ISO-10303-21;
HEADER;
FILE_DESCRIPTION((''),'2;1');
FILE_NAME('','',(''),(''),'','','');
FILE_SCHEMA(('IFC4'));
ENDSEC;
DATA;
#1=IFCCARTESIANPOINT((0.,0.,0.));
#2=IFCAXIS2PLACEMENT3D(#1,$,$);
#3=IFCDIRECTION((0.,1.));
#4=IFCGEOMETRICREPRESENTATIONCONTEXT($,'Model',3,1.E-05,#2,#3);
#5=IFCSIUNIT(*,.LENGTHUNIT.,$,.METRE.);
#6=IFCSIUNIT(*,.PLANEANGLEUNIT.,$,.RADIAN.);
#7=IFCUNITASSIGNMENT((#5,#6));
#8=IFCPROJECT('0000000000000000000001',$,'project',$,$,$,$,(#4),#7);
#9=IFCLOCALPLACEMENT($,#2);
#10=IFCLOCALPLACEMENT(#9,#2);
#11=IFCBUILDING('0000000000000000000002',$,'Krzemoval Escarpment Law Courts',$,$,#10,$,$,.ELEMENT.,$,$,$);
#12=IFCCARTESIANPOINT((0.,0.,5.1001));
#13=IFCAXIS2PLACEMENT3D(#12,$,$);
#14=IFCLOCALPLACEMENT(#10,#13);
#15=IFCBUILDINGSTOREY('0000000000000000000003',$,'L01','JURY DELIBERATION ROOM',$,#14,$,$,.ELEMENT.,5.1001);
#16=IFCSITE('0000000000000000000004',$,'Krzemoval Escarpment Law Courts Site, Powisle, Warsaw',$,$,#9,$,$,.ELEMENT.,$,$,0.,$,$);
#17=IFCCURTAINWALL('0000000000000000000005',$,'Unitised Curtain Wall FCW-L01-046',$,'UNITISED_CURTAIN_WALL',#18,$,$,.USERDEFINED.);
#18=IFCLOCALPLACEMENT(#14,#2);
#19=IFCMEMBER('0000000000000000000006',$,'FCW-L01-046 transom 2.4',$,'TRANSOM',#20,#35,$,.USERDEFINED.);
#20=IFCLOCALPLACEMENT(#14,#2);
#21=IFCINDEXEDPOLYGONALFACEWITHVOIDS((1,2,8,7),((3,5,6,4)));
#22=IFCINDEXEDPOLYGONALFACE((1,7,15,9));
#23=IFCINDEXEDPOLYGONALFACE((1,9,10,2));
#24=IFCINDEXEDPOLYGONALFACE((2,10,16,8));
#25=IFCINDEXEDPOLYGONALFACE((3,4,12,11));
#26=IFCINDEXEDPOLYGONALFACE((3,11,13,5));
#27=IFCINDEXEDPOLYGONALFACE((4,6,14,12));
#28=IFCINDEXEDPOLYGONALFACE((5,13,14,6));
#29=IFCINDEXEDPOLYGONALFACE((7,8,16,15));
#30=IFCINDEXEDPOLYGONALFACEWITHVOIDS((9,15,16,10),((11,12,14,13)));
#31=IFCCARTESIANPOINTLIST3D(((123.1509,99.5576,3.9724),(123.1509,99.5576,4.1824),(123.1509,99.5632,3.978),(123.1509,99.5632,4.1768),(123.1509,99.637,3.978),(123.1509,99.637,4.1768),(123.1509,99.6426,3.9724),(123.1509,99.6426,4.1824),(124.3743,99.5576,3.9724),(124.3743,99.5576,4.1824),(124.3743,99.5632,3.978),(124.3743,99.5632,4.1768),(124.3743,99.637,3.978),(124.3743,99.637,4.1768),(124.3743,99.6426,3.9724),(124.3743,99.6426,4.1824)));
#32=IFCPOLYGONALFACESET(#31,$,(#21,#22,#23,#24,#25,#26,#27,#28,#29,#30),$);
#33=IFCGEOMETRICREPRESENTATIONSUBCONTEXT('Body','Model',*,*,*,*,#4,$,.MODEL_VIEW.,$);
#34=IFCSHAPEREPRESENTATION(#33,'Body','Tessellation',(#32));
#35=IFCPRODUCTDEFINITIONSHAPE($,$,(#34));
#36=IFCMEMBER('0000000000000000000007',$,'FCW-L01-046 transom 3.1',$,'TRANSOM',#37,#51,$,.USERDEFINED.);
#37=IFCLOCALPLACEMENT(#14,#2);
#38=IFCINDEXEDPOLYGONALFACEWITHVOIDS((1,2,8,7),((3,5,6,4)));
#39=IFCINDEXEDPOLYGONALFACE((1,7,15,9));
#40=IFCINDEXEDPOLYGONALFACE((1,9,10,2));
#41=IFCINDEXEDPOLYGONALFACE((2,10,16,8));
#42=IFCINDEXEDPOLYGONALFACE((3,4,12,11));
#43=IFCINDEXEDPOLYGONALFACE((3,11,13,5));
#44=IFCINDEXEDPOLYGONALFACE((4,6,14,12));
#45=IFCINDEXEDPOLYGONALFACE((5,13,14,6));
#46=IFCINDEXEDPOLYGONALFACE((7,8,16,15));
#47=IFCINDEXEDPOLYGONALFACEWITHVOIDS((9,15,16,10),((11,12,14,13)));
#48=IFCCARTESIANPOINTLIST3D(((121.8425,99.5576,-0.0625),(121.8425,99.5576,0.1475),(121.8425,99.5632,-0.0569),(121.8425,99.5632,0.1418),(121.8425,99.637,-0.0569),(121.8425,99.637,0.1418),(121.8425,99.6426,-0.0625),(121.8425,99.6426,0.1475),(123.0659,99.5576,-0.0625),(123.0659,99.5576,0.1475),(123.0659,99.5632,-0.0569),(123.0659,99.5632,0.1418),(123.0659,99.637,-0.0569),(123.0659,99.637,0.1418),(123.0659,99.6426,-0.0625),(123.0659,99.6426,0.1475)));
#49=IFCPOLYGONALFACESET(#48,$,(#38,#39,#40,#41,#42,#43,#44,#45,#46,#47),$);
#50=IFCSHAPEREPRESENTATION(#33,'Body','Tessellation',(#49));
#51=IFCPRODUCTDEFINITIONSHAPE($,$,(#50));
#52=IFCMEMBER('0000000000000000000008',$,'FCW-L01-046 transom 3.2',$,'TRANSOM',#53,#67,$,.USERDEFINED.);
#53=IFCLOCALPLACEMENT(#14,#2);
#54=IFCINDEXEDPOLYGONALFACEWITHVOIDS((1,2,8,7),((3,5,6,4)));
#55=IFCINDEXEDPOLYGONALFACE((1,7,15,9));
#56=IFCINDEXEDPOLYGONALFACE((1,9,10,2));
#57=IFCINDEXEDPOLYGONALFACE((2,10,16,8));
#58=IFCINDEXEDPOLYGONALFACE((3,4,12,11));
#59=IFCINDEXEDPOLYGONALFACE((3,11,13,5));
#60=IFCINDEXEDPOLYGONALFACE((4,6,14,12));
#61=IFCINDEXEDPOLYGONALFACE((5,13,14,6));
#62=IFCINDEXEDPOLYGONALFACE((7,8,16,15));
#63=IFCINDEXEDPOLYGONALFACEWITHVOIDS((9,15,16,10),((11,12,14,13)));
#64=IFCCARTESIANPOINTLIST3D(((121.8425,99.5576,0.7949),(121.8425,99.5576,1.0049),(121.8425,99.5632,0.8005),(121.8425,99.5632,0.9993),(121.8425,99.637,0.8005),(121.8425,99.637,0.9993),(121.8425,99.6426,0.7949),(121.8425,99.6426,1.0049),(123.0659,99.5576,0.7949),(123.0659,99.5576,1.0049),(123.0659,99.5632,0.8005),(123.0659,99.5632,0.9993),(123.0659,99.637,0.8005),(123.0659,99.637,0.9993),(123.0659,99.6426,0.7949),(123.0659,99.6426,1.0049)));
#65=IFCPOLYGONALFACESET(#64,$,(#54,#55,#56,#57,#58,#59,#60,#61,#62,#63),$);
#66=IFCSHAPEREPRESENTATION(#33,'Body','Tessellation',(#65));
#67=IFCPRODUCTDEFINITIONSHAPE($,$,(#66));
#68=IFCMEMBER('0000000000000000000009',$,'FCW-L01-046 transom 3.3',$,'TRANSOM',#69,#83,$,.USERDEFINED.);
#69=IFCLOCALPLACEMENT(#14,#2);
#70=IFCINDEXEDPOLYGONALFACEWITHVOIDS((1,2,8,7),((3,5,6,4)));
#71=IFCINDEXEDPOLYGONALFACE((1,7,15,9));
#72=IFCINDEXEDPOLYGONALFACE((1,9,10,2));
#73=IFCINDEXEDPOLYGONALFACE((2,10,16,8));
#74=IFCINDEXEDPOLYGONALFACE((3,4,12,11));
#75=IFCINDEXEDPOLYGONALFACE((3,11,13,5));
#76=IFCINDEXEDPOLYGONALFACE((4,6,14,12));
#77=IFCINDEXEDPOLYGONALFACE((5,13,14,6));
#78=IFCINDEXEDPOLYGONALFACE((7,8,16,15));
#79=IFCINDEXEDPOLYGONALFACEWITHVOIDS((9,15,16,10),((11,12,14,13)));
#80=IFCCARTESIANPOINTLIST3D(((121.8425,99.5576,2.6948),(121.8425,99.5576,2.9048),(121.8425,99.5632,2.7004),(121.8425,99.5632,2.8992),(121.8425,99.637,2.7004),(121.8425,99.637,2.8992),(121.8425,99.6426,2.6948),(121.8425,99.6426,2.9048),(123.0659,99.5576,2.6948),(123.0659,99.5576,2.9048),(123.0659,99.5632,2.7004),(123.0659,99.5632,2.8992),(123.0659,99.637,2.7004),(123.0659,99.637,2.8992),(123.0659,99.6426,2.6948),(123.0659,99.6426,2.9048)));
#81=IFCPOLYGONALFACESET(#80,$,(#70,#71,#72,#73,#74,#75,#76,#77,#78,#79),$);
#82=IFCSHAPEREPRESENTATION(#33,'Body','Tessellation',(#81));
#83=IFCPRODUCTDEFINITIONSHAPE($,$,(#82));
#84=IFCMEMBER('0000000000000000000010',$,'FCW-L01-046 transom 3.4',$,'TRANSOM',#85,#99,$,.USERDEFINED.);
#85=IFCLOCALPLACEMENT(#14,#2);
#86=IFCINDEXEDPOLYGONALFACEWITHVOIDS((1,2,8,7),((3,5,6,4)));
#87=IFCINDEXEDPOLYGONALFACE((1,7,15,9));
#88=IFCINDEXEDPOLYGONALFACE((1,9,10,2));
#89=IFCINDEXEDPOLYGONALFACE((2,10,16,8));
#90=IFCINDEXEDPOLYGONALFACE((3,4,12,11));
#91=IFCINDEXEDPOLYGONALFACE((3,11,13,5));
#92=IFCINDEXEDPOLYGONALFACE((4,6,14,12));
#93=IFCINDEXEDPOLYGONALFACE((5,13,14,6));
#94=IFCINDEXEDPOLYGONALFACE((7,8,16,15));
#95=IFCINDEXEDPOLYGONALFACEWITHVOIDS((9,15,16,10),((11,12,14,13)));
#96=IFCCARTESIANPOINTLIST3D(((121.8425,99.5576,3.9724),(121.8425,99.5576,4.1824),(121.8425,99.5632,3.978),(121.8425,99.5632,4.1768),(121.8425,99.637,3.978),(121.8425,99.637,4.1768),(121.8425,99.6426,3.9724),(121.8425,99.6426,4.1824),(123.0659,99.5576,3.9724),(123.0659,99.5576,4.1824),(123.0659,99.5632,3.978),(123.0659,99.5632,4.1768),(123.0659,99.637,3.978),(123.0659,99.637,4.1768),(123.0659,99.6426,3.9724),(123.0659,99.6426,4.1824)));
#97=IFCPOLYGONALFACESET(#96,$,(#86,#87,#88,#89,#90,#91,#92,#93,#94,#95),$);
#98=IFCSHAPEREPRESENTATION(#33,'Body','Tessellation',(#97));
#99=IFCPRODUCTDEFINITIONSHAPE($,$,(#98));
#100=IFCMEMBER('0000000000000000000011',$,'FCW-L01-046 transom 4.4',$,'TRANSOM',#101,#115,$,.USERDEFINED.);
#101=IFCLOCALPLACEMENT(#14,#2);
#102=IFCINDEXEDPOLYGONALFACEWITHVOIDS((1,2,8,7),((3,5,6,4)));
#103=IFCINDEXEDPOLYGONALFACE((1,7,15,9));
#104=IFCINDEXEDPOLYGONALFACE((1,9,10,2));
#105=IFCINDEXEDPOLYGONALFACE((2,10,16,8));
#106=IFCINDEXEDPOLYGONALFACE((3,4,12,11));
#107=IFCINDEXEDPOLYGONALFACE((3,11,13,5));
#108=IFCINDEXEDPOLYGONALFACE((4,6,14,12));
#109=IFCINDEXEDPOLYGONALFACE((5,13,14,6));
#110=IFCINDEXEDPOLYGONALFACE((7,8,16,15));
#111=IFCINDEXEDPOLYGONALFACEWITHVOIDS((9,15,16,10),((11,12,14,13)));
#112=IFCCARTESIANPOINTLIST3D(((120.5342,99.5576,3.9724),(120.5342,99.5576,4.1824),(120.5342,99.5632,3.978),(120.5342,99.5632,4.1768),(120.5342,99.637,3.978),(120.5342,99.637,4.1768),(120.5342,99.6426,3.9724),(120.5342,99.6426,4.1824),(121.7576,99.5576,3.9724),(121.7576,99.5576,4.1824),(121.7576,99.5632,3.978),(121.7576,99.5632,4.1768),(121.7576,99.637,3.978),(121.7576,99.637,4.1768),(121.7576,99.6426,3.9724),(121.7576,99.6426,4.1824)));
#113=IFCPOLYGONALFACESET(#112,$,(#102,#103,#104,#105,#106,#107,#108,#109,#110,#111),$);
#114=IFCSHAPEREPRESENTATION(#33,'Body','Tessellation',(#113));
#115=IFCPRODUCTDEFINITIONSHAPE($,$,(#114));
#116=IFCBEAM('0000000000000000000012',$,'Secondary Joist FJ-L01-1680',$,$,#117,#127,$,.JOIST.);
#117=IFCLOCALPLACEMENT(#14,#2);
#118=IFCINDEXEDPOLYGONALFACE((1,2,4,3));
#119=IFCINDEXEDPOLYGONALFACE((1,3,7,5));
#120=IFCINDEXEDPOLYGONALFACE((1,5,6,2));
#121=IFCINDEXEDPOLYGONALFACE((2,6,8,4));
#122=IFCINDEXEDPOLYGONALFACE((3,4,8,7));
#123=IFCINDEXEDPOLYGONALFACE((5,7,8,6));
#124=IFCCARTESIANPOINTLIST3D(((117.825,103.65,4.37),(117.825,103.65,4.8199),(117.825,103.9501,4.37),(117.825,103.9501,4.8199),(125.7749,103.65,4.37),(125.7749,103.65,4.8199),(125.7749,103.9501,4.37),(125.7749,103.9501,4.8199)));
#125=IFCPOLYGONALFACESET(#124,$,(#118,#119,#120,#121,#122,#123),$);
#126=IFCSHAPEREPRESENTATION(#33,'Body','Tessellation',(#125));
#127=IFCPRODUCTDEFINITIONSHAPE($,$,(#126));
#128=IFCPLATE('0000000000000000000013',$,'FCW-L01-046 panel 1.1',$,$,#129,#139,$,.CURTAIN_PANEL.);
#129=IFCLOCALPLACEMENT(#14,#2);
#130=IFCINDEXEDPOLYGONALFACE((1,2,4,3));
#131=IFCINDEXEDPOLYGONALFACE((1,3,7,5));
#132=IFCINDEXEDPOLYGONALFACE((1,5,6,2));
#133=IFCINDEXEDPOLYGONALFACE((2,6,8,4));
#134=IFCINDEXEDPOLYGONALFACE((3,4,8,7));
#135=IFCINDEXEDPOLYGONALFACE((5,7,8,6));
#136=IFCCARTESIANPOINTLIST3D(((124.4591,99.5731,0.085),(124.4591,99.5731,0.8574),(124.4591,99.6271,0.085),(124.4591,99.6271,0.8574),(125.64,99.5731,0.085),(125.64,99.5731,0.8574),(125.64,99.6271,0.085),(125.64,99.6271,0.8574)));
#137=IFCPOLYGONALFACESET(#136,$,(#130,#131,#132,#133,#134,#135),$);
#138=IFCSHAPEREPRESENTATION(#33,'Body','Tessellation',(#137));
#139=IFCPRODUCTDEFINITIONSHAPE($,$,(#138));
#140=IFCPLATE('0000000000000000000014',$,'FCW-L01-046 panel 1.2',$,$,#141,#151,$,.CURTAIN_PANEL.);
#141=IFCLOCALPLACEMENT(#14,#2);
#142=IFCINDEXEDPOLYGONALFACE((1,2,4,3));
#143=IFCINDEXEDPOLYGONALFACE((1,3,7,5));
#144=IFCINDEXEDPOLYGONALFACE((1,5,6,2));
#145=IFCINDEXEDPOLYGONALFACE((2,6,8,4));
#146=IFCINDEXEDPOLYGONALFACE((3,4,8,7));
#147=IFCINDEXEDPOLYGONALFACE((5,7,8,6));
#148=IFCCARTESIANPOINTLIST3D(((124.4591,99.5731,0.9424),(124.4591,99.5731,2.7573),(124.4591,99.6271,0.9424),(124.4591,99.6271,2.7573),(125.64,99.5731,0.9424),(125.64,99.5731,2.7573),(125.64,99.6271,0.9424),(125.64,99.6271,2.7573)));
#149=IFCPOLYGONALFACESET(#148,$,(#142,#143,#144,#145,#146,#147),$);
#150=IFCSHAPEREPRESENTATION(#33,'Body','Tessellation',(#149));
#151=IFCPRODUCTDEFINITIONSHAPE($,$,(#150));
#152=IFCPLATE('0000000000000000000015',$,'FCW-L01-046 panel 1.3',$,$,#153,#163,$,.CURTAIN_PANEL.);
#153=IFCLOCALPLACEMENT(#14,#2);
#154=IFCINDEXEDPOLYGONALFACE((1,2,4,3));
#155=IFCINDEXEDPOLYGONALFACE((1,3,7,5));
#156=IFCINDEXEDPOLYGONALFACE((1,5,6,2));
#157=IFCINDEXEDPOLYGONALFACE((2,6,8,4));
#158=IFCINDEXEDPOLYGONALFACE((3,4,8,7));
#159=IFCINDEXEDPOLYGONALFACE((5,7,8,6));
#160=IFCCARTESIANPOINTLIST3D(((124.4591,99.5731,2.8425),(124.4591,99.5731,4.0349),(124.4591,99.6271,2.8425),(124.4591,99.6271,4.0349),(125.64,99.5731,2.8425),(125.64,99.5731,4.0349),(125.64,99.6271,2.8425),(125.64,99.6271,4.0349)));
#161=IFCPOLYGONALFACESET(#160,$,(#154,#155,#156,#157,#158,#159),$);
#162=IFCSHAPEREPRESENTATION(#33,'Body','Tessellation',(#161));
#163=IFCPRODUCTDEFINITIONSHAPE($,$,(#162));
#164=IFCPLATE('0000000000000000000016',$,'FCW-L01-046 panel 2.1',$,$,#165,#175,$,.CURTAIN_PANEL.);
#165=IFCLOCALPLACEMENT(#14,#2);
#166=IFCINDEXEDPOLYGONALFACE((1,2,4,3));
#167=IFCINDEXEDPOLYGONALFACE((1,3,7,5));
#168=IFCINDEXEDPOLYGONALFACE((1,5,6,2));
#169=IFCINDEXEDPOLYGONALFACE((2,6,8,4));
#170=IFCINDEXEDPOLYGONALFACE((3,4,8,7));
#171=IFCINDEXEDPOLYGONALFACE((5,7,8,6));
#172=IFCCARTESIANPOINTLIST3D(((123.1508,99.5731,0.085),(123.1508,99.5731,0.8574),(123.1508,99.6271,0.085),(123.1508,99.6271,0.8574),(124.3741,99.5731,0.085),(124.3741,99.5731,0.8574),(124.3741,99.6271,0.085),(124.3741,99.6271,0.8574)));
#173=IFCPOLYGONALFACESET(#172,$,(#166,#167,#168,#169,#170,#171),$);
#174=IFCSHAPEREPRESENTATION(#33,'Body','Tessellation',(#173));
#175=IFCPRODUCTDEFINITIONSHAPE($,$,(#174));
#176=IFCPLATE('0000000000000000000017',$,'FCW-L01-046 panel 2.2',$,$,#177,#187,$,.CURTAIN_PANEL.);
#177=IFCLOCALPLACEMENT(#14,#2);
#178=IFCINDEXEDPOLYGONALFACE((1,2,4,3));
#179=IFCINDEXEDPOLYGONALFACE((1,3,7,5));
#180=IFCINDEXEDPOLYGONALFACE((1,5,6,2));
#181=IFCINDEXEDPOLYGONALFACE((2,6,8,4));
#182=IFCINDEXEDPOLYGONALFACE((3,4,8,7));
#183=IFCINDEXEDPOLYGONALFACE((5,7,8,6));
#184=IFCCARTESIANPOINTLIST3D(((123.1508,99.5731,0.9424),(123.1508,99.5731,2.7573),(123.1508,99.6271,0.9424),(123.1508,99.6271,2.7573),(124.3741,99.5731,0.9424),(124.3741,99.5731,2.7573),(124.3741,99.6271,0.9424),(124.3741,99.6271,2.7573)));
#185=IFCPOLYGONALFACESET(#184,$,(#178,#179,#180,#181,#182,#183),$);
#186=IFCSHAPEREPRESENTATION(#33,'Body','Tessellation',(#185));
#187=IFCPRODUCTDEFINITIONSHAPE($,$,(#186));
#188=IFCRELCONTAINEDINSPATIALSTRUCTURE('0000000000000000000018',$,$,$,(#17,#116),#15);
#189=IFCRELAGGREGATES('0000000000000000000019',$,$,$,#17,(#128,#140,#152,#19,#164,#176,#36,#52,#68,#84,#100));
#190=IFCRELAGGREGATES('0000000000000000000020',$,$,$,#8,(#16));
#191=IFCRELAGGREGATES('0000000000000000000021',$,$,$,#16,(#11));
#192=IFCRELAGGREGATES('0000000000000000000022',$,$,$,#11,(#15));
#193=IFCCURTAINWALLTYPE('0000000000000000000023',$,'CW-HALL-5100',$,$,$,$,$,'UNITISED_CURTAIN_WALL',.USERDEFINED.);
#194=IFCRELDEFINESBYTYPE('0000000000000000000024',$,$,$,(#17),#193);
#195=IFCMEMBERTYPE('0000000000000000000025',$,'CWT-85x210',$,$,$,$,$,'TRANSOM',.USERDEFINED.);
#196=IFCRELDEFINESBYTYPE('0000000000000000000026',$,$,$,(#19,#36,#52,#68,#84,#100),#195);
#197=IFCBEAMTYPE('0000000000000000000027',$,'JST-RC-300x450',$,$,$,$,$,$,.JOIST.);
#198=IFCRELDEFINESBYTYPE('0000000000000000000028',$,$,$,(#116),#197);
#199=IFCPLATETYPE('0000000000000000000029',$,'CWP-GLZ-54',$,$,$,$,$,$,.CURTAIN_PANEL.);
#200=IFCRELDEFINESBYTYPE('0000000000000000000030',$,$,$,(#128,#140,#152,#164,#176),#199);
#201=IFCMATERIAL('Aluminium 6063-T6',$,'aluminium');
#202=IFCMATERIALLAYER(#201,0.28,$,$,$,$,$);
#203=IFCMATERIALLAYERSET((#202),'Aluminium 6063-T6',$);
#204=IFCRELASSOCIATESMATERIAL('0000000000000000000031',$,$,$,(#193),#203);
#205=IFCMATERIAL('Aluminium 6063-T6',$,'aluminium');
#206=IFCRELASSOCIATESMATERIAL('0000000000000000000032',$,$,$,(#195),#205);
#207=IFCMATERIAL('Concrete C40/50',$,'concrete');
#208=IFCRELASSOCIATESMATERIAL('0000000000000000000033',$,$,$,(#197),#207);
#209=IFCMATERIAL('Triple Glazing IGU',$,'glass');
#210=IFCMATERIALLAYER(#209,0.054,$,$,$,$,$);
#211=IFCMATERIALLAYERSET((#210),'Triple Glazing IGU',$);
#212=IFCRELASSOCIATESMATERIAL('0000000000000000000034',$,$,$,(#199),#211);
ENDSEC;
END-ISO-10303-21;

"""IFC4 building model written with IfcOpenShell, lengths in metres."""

from ifc_helpers import new_model, si_unit, direction, frame, origin, origin_2d, place, context, subcontext, project, spatial, rectangle, hollow_rectangle, extrude, material, layer, layer_set, material_profile, profile_set, type_object, element, aggregate, save


model = new_model("IFC4")

# Units and contexts
model_context = context("Model", 3, precision=1e-05, world=origin(), true_north=direction((0.0, 1.0)))
body_context = subcontext(model_context, "Body", "Model", "MODEL_VIEW")
ifc_project = project(units=[si_unit("LENGTHUNIT", "METRE"), si_unit("PLANEANGLEUNIT", "RADIAN")], contexts=[model_context])

# Site, building, storey
site_placement = place(None, origin())
site = spatial("IfcSite", under=ifc_project, at=site_placement, Name="Krzemoval Escarpment Law Courts Site, Powisle, Warsaw", CompositionType="ELEMENT", RefElevation=0.0)
building_placement = place(site_placement, origin())
building = spatial("IfcBuilding", under=site, at=building_placement, Name="Krzemoval Escarpment Law Courts", CompositionType="ELEMENT")
storey_placement = place(building_placement, frame((0.0, 0.0, 5.1001)))
storey = spatial("IfcBuildingStorey", under=building, at=storey_placement, Name="L01", Description="JURY DELIBERATION ROOM", CompositionType="ELEMENT", Elevation=5.1001)

# Curtain wall, members
ifc_material_1 = material(Name="Aluminium 6063-T6", Category="aluminium")
ifc_layer_1 = layer(ifc_material_1, 0.28)
ifc_layer_set_1 = layer_set([ifc_layer_1], Name="Aluminium 6063-T6")
curtain_wall_type = type_object("IfcCurtainWallType", Name="CW-HALL-5100", ElementType="UNITISED_CURTAIN_WALL", PredefinedType="USERDEFINED", material=ifc_layer_set_1)
curtain_wall_placement = place(storey_placement, origin())
curtain_wall = element("IfcCurtainWall", 1, at=curtain_wall_placement, inside=storey, type_object=curtain_wall_type, Name="Unitised Curtain Wall FCW-L01-046", ObjectType="UNITISED_CURTAIN_WALL", PredefinedType="USERDEFINED")
ifc_material_2 = material(Name="Aluminium 6063-T6", Category="aluminium")
ifc_material_profile_1 = material_profile(ifc_material_2, hollow_rectangle(XDim=0.085, YDim=0.21, WallThickness=0.0056, at=origin_2d()), Name="ALU T85x210")
ifc_profile_set_1 = profile_set([ifc_material_profile_1], Name="Aluminium 6063-T6")
member_type_1 = type_object("IfcMemberType", Name="CWT-85x210", ElementType="TRANSOM", PredefinedType="USERDEFINED", material=ifc_profile_set_1)
member_1_placement = place(storey_placement, frame((124.3743, 99.6001, 4.0774), z_axis=(-1.0, 0.0, 0.0), x_axis=(0.0, -1.0, 0.0)))
member_1 = element("IfcMember", 2, at=member_1_placement, type_object=member_type_1, Name="FCW-L01-046 transom 2.4", ObjectType="TRANSOM", PredefinedType="USERDEFINED", context=body_context, shape_type="SweptSolid", body=[
    extrude(hollow_rectangle(XDim=0.085, YDim=0.21, WallThickness=0.0056, at=origin_2d()), origin(), (0.0, 0.0, 1.0), 1.2234),
])
member_2_placement = place(storey_placement, frame((123.0659, 99.6001, 0.0425), z_axis=(-1.0, 0.0, 0.0), x_axis=(0.0, -1.0, 0.0)))
member_2 = element("IfcMember", 3, at=member_2_placement, type_object=member_type_1, Name="FCW-L01-046 transom 3.1", ObjectType="TRANSOM", PredefinedType="USERDEFINED", context=body_context, shape_type="SweptSolid", body=[
    extrude(hollow_rectangle(XDim=0.085, YDim=0.21, WallThickness=0.0056, at=origin_2d()), origin(), (0.0, 0.0, 1.0), 1.2234),
])
member_3_placement = place(storey_placement, frame((123.0659, 99.6001, 0.8999), z_axis=(-1.0, 0.0, 0.0), x_axis=(0.0, -1.0, 0.0)))
member_3 = element("IfcMember", 4, at=member_3_placement, type_object=member_type_1, Name="FCW-L01-046 transom 3.2", ObjectType="TRANSOM", PredefinedType="USERDEFINED", context=body_context, shape_type="SweptSolid", body=[
    extrude(hollow_rectangle(XDim=0.085, YDim=0.21, WallThickness=0.0056, at=origin_2d()), origin(), (0.0, 0.0, 1.0), 1.2234),
])
member_4_placement = place(storey_placement, frame((123.0659, 99.6001, 2.7998), z_axis=(-1.0, 0.0, 0.0), x_axis=(0.0, -1.0, 0.0)))
member_4 = element("IfcMember", 5, at=member_4_placement, type_object=member_type_1, Name="FCW-L01-046 transom 3.3", ObjectType="TRANSOM", PredefinedType="USERDEFINED", context=body_context, shape_type="SweptSolid", body=[
    extrude(hollow_rectangle(XDim=0.085, YDim=0.21, WallThickness=0.0056, at=origin_2d()), origin(), (0.0, 0.0, 1.0), 1.2234),
])
member_5_placement = place(storey_placement, frame((123.0659, 99.6001, 4.0774), z_axis=(-1.0, 0.0, 0.0), x_axis=(0.0, -1.0, 0.0)))
member_5 = element("IfcMember", 6, at=member_5_placement, type_object=member_type_1, Name="FCW-L01-046 transom 3.4", ObjectType="TRANSOM", PredefinedType="USERDEFINED", context=body_context, shape_type="SweptSolid", body=[
    extrude(hollow_rectangle(XDim=0.085, YDim=0.21, WallThickness=0.0056, at=origin_2d()), origin(), (0.0, 0.0, 1.0), 1.2234),
])
member_6_placement = place(storey_placement, frame((121.7576, 99.6001, 4.0774), z_axis=(-1.0, 0.0, 0.0), x_axis=(0.0, -1.0, 0.0)))
member_6 = element("IfcMember", 7, at=member_6_placement, type_object=member_type_1, Name="FCW-L01-046 transom 4.4", ObjectType="TRANSOM", PredefinedType="USERDEFINED", context=body_context, shape_type="SweptSolid", body=[
    extrude(hollow_rectangle(XDim=0.085, YDim=0.21, WallThickness=0.0056, at=origin_2d()), origin(), (0.0, 0.0, 1.0), 1.2234),
])

# Beam
ifc_material_3 = material(Name="Concrete C40/50", Category="concrete")
ifc_material_profile_2 = material_profile(ifc_material_3, rectangle(XDim=0.3, YDim=0.45, at=origin_2d()), Name="RCB 300x450")
ifc_profile_set_2 = profile_set([ifc_material_profile_2], Name="Concrete C40/50")
beam_type_1 = type_object("IfcBeamType", Name="JST-RC-300x450", PredefinedType="JOIST", material=ifc_profile_set_2)
beam_1_placement = place(storey_placement, frame((117.825, 103.8, 4.595), z_axis=(1.0, 0.0, 0.0), x_axis=(0.0, 1.0, 0.0)))
element("IfcBeam", 8, at=beam_1_placement, inside=storey, type_object=beam_type_1, Name="Secondary Joist FJ-L01-1680", PredefinedType="JOIST", context=body_context, shape_type="SweptSolid", body=[
    extrude(rectangle(XDim=0.3, YDim=0.45, at=origin_2d()), origin(), (0.0, 0.0, 1.0), 7.95),
])

# Plates
ifc_material_4 = material(Name="Triple Glazing IGU", Category="glass")
ifc_layer_2 = layer(ifc_material_4, 0.054)
ifc_layer_set_2 = layer_set([ifc_layer_2], Name="Triple Glazing IGU")
plate_type = type_object("IfcPlateType", Name="CWP-GLZ-54", PredefinedType="CURTAIN_PANEL", material=ifc_layer_set_2)
plate_1_placement = place(storey_placement, frame((125.0496, 99.6001, 0.085), z_axis=(0.0, 0.0, 1.0), x_axis=(-1.0, 0.0, 0.0)))
plate_1 = element("IfcPlate", 9, at=plate_1_placement, type_object=plate_type, Name="FCW-L01-046 panel 1.1", PredefinedType="CURTAIN_PANEL", context=body_context, shape_type="SweptSolid", body=[
    extrude(rectangle(XDim=1.1809, YDim=0.054, at=origin_2d()), origin(), (0.0, 0.0, 1.0), 0.7725),
])
plate_2_placement = place(storey_placement, frame((125.0496, 99.6001, 0.9424), z_axis=(0.0, 0.0, 1.0), x_axis=(-1.0, 0.0, 0.0)))
plate_2 = element("IfcPlate", 10, at=plate_2_placement, type_object=plate_type, Name="FCW-L01-046 panel 1.2", PredefinedType="CURTAIN_PANEL", context=body_context, shape_type="SweptSolid", body=[
    extrude(rectangle(XDim=1.1809, YDim=0.054, at=origin_2d()), origin(), (0.0, 0.0, 1.0), 1.8149),
])
plate_3_placement = place(storey_placement, frame((125.0496, 99.6001, 2.8425), z_axis=(0.0, 0.0, 1.0), x_axis=(-1.0, 0.0, 0.0)))
plate_3 = element("IfcPlate", 11, at=plate_3_placement, type_object=plate_type, Name="FCW-L01-046 panel 1.3", PredefinedType="CURTAIN_PANEL", context=body_context, shape_type="SweptSolid", body=[
    extrude(rectangle(XDim=1.1809, YDim=0.054, at=origin_2d()), origin(), (0.0, 0.0, 1.0), 1.1924),
])
plate_4_placement = place(storey_placement, frame((123.7625, 99.6001, 0.085), z_axis=(0.0, 0.0, 1.0), x_axis=(-1.0, 0.0, 0.0)))
plate_4 = element("IfcPlate", 12, at=plate_4_placement, type_object=plate_type, Name="FCW-L01-046 panel 2.1", PredefinedType="CURTAIN_PANEL", context=body_context, shape_type="SweptSolid", body=[
    extrude(rectangle(XDim=1.2234, YDim=0.054, at=origin_2d()), origin(), (0.0, 0.0, 1.0), 0.7725),
])
plate_5_placement = place(storey_placement, frame((123.7625, 99.6001, 0.9424), z_axis=(0.0, 0.0, 1.0), x_axis=(-1.0, 0.0, 0.0)))
plate_5 = element("IfcPlate", 13, at=plate_5_placement, type_object=plate_type, Name="FCW-L01-046 panel 2.2", PredefinedType="CURTAIN_PANEL", context=body_context, shape_type="SweptSolid", body=[
    extrude(rectangle(XDim=1.2234, YDim=0.054, at=origin_2d()), origin(), (0.0, 0.0, 1.0), 1.8149),
])
aggregate(curtain_wall, [plate_1, plate_2, plate_3, member_1, plate_4, plate_5, member_2, member_3, member_4, member_5, member_6])

save(model, "model.ifc")
